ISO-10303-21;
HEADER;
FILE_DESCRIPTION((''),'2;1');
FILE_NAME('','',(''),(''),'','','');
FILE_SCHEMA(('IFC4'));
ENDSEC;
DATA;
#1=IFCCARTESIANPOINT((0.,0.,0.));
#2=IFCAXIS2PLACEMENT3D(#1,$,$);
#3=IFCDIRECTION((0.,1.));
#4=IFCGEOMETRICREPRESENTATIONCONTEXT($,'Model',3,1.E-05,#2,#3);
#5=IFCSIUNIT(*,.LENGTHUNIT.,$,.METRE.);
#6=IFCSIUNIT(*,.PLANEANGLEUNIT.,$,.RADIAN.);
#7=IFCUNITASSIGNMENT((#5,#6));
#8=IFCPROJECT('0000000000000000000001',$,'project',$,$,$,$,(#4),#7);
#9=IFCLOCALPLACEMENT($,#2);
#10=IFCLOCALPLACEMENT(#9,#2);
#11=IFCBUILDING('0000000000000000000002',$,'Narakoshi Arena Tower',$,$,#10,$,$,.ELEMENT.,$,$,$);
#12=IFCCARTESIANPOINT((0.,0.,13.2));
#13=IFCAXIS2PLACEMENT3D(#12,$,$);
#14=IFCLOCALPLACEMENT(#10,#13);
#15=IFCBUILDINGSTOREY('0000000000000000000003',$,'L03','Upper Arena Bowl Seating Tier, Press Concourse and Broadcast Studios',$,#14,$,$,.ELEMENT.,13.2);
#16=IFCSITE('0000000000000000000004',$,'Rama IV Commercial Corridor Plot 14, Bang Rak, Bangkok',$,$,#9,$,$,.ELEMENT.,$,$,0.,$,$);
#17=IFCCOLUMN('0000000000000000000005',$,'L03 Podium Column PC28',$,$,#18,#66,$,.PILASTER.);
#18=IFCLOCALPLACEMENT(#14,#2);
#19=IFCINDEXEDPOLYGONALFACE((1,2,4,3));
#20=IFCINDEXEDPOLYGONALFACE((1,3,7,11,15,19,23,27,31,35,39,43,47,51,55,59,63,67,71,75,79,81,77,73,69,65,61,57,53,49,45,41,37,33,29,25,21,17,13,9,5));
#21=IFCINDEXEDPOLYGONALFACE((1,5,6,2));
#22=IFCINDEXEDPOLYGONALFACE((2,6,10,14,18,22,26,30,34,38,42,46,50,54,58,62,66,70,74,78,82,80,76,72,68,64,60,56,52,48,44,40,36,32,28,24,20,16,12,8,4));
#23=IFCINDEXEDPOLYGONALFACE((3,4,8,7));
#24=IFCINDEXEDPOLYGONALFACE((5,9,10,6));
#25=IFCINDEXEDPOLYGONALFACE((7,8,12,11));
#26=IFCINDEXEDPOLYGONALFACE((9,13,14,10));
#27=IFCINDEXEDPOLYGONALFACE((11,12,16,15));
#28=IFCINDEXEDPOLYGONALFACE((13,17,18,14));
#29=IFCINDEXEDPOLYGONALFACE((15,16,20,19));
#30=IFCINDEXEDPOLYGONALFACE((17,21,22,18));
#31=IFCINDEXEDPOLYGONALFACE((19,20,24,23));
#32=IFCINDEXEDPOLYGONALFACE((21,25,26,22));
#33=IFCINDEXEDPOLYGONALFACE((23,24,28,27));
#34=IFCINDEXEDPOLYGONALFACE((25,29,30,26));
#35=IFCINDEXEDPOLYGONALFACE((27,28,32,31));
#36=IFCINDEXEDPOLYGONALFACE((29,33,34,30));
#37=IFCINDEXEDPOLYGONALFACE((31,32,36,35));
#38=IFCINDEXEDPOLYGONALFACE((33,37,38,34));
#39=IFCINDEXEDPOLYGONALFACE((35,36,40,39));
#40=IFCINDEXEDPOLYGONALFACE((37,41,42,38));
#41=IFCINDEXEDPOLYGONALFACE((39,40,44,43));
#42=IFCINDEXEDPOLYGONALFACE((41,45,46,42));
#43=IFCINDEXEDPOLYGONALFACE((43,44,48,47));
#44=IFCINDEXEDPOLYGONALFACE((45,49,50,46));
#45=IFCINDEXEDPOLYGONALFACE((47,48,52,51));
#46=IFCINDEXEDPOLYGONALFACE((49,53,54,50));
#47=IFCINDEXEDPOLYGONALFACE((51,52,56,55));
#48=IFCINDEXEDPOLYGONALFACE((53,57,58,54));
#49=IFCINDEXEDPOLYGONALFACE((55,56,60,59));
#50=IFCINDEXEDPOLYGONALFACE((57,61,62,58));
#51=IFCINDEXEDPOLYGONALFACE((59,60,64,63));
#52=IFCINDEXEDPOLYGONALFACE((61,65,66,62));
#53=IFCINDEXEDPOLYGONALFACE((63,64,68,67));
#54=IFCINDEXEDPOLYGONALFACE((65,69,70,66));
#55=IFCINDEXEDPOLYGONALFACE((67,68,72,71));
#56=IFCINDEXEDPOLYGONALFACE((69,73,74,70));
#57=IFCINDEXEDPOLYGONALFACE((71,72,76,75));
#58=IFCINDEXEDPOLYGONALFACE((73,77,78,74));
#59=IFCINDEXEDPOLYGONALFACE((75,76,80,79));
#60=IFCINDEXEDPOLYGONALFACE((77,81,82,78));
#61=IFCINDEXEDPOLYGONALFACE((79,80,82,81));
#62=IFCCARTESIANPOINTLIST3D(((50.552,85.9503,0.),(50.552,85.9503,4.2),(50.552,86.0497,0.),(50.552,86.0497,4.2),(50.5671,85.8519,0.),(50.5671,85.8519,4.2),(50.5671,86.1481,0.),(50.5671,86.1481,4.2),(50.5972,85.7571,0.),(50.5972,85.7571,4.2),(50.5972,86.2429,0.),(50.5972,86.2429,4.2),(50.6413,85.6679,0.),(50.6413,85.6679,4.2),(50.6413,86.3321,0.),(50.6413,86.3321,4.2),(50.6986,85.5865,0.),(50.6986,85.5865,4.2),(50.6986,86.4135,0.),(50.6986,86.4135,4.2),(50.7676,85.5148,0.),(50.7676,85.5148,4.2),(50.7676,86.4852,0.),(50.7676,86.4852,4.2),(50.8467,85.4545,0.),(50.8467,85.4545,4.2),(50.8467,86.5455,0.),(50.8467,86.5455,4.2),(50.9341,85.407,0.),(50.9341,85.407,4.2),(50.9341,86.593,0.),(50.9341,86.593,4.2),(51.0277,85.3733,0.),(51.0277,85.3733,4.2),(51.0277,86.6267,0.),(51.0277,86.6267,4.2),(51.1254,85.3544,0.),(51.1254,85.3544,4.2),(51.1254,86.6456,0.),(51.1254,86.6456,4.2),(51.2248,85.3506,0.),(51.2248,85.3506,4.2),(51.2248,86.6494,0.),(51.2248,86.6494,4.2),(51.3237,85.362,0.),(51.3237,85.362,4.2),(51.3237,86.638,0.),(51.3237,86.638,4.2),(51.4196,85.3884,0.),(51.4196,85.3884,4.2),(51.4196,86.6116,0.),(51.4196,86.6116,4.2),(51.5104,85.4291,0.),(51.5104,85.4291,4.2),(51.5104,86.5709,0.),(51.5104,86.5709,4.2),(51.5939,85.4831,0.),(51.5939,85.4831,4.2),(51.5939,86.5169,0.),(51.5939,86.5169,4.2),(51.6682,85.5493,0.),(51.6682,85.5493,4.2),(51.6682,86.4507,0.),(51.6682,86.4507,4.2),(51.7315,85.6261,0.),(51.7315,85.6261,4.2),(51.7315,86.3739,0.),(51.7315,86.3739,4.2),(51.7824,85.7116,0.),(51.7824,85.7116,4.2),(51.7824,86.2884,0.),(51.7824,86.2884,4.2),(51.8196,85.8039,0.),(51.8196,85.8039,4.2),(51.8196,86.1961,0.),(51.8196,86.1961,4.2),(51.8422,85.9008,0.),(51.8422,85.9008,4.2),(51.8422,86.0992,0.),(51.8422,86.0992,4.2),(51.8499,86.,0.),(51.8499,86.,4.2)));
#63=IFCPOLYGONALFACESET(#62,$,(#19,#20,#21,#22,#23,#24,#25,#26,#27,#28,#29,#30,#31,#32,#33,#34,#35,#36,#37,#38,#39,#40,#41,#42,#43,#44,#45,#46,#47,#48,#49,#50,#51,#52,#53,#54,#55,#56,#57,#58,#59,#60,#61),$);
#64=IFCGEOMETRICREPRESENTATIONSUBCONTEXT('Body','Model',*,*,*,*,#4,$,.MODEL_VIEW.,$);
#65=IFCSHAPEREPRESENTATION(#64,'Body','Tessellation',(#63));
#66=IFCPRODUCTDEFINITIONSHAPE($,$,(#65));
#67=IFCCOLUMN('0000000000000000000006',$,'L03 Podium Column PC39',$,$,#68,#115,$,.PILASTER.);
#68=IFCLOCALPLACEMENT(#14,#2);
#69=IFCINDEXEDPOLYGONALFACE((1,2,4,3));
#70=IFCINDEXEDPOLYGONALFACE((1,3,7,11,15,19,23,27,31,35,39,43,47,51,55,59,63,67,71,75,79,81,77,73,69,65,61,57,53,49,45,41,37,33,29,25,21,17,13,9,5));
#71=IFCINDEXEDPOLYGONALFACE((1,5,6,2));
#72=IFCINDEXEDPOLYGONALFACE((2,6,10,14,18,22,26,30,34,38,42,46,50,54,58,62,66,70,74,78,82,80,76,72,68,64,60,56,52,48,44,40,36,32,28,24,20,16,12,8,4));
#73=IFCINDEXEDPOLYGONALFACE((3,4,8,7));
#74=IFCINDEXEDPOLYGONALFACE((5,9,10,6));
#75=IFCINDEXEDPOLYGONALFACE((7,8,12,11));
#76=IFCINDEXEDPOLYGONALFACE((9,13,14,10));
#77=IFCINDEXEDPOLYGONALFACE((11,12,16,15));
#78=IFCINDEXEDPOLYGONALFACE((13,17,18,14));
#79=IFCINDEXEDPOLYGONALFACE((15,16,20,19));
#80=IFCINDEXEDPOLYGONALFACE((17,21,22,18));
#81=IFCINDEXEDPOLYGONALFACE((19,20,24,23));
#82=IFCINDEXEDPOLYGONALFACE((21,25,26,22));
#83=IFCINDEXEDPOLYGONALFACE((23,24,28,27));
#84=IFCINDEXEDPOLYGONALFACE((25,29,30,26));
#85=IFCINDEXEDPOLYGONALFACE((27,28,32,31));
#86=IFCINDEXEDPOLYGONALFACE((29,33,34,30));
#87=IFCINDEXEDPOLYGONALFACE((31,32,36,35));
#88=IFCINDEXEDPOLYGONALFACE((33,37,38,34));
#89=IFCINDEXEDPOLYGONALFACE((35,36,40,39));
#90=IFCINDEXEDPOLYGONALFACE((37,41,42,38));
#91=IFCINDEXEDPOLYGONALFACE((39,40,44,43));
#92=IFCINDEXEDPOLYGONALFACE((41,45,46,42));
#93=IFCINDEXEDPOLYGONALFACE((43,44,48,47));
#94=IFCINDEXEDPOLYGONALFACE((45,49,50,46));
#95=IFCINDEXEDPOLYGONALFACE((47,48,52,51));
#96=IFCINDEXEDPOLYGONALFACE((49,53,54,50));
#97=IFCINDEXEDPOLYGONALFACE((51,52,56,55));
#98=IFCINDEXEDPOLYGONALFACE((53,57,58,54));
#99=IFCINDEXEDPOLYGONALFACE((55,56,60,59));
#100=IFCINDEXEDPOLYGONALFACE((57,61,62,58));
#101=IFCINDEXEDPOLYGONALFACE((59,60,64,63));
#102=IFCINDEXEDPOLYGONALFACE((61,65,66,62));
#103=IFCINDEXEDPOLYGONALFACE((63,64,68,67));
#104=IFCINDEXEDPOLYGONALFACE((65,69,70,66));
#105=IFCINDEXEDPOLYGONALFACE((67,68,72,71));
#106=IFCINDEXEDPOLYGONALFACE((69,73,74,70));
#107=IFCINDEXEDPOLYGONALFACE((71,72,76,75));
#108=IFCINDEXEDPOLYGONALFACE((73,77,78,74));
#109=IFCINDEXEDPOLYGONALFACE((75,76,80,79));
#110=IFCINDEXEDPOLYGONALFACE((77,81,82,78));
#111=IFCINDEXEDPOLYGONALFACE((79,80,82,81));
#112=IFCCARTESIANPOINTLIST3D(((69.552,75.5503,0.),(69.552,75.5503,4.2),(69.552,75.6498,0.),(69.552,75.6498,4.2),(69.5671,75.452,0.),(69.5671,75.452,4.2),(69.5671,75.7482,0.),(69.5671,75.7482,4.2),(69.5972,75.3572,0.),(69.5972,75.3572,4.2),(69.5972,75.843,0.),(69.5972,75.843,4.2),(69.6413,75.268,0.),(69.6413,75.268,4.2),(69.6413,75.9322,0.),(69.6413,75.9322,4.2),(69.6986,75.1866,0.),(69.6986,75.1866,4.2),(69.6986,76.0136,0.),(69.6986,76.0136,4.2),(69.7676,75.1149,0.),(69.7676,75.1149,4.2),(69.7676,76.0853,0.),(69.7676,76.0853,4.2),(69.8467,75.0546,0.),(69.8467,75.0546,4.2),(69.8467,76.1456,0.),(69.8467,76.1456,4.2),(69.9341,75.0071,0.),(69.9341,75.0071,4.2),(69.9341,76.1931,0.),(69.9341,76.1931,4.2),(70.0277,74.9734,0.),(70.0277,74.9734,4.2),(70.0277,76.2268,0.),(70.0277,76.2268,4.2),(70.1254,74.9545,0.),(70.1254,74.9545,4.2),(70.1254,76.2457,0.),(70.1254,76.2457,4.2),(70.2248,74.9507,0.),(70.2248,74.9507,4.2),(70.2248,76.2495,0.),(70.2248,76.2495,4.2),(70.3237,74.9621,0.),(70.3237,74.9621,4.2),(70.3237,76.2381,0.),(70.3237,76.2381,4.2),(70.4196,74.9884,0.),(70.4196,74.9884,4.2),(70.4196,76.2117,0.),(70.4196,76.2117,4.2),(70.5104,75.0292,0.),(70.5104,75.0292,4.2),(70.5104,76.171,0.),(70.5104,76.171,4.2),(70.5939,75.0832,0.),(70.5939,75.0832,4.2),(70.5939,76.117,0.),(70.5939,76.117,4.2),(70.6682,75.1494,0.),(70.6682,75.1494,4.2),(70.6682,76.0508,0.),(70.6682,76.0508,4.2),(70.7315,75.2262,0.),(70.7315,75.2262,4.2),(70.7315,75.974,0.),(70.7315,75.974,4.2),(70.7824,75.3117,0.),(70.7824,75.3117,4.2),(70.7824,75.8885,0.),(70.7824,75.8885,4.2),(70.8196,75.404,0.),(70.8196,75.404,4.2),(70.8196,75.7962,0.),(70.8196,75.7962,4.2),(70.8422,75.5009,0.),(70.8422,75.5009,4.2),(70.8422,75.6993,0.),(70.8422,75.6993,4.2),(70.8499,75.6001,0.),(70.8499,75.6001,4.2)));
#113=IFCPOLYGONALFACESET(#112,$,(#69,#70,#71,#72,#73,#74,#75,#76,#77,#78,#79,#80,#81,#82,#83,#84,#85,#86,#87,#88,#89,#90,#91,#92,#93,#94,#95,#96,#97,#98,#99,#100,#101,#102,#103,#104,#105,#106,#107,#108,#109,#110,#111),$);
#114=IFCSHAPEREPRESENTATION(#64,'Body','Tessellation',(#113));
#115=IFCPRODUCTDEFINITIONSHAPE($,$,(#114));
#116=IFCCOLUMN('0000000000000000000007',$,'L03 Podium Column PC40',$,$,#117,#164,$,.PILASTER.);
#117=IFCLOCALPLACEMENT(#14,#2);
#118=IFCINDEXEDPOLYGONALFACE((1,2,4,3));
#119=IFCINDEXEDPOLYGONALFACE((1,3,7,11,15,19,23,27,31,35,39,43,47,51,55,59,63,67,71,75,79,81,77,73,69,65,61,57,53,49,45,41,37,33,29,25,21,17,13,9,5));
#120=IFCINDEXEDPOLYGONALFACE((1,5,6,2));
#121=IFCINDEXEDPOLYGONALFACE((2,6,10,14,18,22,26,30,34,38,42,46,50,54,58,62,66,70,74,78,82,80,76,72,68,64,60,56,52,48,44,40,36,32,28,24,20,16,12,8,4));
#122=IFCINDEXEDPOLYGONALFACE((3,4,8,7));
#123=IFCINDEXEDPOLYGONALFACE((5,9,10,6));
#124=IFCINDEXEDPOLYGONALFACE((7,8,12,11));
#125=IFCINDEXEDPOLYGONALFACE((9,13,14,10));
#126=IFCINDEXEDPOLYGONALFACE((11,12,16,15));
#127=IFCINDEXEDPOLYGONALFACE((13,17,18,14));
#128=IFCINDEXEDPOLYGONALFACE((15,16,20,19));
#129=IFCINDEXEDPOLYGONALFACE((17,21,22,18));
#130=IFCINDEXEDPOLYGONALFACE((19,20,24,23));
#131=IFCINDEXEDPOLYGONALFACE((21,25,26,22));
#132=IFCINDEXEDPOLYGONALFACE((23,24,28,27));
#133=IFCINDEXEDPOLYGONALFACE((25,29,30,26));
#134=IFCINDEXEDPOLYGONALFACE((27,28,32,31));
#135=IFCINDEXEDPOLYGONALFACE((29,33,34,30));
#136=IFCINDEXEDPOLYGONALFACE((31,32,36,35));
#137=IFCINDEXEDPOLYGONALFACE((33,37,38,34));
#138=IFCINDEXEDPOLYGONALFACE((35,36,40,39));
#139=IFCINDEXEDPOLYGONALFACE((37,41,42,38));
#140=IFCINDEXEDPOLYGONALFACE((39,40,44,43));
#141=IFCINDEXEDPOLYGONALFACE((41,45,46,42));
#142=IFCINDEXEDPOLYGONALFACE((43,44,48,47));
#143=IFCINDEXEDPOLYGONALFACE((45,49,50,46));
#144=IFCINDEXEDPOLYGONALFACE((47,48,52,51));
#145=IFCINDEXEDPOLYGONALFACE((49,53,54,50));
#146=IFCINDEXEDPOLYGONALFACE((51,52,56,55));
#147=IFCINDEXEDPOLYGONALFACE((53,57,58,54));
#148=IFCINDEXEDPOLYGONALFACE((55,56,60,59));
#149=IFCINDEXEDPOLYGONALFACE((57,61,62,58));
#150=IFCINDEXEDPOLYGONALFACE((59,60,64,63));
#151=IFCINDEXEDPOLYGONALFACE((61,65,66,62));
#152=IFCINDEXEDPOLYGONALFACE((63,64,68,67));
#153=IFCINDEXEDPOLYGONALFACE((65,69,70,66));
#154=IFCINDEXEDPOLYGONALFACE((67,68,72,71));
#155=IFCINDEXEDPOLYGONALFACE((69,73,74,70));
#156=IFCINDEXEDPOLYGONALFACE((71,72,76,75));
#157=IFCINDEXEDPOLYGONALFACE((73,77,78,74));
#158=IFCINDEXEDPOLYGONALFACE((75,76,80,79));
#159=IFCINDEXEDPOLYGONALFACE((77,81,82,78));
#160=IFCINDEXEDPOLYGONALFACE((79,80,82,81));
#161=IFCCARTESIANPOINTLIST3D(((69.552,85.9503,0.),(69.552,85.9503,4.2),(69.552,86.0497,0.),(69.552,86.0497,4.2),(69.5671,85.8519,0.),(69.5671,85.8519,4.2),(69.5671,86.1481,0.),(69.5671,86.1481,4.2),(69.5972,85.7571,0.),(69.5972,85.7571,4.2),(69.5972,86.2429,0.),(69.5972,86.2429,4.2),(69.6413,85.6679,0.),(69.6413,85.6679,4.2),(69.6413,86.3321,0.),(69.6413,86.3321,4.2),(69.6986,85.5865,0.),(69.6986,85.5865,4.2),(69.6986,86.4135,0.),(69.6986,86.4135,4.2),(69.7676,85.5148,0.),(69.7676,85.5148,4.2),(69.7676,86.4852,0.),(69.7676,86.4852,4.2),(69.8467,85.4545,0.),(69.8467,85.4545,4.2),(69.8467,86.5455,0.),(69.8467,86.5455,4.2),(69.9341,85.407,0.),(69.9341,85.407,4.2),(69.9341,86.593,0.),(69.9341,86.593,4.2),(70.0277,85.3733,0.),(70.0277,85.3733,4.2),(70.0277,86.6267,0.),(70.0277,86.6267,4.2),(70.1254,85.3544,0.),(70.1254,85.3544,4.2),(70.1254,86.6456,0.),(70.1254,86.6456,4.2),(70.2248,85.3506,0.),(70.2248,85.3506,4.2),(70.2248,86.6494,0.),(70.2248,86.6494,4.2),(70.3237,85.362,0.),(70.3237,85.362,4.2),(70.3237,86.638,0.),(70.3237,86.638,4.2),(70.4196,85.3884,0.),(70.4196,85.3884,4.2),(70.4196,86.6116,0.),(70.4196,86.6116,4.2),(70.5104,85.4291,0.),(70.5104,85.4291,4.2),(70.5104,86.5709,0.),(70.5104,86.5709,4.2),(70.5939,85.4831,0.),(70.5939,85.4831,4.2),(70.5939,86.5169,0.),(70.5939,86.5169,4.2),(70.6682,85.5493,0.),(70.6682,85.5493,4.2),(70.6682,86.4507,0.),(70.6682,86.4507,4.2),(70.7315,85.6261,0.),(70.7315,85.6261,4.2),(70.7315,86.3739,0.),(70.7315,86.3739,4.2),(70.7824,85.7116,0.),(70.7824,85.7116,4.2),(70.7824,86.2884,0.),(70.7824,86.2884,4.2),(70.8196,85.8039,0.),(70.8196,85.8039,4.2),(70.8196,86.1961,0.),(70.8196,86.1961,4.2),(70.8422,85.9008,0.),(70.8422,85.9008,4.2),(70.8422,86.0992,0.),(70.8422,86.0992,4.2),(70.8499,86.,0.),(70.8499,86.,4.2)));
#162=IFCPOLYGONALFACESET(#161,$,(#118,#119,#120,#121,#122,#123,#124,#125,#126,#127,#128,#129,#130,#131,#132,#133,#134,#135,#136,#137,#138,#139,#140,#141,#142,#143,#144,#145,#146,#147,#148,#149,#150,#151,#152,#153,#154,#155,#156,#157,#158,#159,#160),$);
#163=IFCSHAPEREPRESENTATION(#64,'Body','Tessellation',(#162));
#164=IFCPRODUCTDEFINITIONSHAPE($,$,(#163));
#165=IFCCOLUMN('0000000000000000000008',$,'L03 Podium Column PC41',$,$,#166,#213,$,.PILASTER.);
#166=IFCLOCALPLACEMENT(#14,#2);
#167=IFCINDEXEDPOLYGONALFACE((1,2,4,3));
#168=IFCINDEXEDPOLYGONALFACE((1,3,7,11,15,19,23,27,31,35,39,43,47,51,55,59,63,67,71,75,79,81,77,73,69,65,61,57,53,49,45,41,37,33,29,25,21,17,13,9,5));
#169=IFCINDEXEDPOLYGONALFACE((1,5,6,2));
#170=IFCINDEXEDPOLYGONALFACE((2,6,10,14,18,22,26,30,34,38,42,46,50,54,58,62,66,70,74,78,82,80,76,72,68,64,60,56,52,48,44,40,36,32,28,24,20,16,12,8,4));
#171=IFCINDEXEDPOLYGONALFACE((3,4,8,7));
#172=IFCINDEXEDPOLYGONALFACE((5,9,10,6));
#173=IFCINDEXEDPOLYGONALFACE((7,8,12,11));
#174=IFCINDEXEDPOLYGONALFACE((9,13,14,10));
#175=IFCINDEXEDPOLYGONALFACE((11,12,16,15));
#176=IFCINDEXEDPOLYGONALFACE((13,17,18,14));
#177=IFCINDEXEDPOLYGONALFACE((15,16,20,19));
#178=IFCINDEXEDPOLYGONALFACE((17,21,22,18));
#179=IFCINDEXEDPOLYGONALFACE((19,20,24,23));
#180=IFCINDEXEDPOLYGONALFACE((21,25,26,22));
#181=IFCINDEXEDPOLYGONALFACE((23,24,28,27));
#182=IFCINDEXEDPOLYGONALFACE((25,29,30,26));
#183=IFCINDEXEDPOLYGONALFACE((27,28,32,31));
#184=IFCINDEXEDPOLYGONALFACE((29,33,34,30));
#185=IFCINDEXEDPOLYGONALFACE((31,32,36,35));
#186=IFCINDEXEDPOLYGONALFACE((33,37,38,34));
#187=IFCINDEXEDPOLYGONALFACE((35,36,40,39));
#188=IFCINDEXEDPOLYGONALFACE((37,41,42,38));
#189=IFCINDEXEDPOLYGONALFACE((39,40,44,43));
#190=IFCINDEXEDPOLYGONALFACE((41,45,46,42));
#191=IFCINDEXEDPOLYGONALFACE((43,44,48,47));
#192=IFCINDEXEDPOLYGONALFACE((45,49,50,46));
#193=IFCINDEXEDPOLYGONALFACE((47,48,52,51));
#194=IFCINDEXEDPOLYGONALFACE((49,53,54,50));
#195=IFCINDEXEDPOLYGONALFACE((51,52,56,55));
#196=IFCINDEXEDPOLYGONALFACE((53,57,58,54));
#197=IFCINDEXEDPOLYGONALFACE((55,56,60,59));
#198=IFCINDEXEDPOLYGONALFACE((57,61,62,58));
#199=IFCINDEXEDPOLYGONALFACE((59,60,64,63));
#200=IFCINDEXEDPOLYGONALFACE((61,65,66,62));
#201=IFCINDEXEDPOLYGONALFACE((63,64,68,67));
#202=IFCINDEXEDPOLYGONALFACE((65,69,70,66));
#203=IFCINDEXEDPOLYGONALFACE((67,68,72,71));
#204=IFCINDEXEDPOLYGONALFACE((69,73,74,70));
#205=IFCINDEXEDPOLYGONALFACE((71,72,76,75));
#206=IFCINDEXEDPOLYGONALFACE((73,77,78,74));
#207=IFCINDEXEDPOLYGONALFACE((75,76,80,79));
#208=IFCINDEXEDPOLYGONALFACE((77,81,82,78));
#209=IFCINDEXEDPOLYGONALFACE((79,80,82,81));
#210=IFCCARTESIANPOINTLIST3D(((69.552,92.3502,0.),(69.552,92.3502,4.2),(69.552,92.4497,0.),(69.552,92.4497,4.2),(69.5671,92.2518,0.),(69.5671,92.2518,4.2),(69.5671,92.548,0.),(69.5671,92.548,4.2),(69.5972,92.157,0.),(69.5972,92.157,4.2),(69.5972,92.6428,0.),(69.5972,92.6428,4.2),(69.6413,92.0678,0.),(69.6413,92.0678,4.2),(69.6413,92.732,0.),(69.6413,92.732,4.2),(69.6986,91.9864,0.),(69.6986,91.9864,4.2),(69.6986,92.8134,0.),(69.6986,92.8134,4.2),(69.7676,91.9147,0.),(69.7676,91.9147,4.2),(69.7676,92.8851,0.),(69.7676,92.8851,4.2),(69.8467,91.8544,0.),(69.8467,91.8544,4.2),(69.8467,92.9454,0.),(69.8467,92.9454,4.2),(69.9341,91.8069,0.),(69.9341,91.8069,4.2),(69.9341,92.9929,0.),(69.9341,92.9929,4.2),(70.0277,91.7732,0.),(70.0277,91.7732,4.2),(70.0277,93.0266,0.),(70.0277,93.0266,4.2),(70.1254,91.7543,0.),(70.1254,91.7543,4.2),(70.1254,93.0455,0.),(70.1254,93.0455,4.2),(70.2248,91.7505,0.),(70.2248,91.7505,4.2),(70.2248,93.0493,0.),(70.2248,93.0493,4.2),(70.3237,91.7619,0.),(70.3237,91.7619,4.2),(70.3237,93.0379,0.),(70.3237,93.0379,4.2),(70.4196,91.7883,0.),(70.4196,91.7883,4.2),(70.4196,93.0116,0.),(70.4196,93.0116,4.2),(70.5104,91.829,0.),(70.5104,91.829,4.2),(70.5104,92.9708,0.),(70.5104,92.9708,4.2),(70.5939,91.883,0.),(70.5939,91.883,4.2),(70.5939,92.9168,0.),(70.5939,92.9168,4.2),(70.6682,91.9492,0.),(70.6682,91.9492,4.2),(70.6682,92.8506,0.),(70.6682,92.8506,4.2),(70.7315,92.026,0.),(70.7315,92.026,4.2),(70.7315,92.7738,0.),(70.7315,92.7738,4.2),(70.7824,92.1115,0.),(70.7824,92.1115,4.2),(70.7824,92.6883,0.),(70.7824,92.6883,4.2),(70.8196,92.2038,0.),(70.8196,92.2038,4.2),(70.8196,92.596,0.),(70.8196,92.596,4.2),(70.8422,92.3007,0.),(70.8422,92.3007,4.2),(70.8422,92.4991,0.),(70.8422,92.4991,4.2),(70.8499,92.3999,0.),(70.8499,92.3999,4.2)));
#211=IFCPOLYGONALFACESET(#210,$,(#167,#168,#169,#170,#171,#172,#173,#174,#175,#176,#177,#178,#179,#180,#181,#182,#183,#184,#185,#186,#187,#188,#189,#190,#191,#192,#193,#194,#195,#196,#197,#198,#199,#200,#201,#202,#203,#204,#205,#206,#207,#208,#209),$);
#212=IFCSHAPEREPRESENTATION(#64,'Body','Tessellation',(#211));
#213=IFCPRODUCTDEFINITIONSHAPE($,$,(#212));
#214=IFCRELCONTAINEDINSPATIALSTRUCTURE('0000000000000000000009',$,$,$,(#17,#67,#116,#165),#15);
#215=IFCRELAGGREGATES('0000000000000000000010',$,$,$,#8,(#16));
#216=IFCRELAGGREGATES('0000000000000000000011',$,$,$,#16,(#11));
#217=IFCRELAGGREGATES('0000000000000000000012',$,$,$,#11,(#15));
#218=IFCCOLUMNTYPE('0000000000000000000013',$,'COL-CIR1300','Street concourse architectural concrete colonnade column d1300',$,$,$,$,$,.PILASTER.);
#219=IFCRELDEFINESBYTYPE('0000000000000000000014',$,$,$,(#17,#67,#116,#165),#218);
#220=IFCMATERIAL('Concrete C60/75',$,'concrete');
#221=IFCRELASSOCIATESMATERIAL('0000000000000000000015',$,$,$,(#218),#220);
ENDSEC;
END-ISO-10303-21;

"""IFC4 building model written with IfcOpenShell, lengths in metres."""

from ifc_helpers import new_model, si_unit, direction, frame, origin, origin_2d, place, context, subcontext, project, spatial, circle, extrude, material, material_profile, profile_set, type_object, element, save


model = new_model("IFC4")

# Units and contexts
model_context = context("Model", 3, precision=1e-05, world=origin(), true_north=direction((0.0, 1.0)))
body_context = subcontext(model_context, "Body", "Model", "MODEL_VIEW")
ifc_project = project(units=[si_unit("LENGTHUNIT", "METRE"), si_unit("PLANEANGLEUNIT", "RADIAN")], contexts=[model_context])

# Site, building, storey
site_placement = place(None, origin())
site = spatial("IfcSite", under=ifc_project, at=site_placement, Name="Rama IV Commercial Corridor Plot 14, Bang Rak, Bangkok", CompositionType="ELEMENT", RefElevation=0.0)
building_placement = place(site_placement, origin())
building = spatial("IfcBuilding", under=site, at=building_placement, Name="Narakoshi Arena Tower", CompositionType="ELEMENT")
storey_placement = place(building_placement, frame((0.0, 0.0, 13.2)))
storey = spatial("IfcBuildingStorey", under=building, at=storey_placement, Name="L03", Description="Upper Arena Bowl Seating Tier, Press Concourse and Broadcast Studios", CompositionType="ELEMENT", Elevation=13.2)

# Columns
ifc_material_1 = material(Name="Concrete C60/75", Category="concrete")
ifc_material_profile_1 = material_profile(ifc_material_1, circle(Radius=0.6499, at=origin_2d()), Name="RCC1300")
ifc_profile_set_1 = profile_set([ifc_material_profile_1], Name="Concrete C60/75")
column_type_1 = type_object("IfcColumnType", Name="COL-CIR1300", Description="Street concourse architectural concrete colonnade column d1300", PredefinedType="PILASTER", material=ifc_profile_set_1)
for number, where, z_axis, x_axis, name in (
    (1, (51.2, 86.0, 0.0), (0.0, 0.0, 1.0), (1.0, 0.0, 0.0), "L03 Podium Column PC28"),
    (2, (70.2, 75.6001, 0.0), (0.0, 0.0, 1.0), (1.0, 0.0, 0.0), "L03 Podium Column PC39"),
    (3, (70.2, 86.0, 0.0), (0.0, 0.0, 1.0), (1.0, 0.0, 0.0), "L03 Podium Column PC40"),
    (4, (70.2, 92.3999, 0.0), (0.0, 0.0, 1.0), (1.0, 0.0, 0.0), "L03 Podium Column PC41"),
):
    element("IfcColumn", number, at=place(storey_placement, frame(where, z_axis=z_axis, x_axis=x_axis)), inside=storey, type_object=column_type_1, Name=name, PredefinedType="PILASTER", context=body_context, shape_type="SweptSolid", body=[
        extrude(circle(Radius=0.6499, at=origin_2d()), origin(), (0.0, 0.0, 1.0), 4.2),
    ])

save(model, "model.ifc")
